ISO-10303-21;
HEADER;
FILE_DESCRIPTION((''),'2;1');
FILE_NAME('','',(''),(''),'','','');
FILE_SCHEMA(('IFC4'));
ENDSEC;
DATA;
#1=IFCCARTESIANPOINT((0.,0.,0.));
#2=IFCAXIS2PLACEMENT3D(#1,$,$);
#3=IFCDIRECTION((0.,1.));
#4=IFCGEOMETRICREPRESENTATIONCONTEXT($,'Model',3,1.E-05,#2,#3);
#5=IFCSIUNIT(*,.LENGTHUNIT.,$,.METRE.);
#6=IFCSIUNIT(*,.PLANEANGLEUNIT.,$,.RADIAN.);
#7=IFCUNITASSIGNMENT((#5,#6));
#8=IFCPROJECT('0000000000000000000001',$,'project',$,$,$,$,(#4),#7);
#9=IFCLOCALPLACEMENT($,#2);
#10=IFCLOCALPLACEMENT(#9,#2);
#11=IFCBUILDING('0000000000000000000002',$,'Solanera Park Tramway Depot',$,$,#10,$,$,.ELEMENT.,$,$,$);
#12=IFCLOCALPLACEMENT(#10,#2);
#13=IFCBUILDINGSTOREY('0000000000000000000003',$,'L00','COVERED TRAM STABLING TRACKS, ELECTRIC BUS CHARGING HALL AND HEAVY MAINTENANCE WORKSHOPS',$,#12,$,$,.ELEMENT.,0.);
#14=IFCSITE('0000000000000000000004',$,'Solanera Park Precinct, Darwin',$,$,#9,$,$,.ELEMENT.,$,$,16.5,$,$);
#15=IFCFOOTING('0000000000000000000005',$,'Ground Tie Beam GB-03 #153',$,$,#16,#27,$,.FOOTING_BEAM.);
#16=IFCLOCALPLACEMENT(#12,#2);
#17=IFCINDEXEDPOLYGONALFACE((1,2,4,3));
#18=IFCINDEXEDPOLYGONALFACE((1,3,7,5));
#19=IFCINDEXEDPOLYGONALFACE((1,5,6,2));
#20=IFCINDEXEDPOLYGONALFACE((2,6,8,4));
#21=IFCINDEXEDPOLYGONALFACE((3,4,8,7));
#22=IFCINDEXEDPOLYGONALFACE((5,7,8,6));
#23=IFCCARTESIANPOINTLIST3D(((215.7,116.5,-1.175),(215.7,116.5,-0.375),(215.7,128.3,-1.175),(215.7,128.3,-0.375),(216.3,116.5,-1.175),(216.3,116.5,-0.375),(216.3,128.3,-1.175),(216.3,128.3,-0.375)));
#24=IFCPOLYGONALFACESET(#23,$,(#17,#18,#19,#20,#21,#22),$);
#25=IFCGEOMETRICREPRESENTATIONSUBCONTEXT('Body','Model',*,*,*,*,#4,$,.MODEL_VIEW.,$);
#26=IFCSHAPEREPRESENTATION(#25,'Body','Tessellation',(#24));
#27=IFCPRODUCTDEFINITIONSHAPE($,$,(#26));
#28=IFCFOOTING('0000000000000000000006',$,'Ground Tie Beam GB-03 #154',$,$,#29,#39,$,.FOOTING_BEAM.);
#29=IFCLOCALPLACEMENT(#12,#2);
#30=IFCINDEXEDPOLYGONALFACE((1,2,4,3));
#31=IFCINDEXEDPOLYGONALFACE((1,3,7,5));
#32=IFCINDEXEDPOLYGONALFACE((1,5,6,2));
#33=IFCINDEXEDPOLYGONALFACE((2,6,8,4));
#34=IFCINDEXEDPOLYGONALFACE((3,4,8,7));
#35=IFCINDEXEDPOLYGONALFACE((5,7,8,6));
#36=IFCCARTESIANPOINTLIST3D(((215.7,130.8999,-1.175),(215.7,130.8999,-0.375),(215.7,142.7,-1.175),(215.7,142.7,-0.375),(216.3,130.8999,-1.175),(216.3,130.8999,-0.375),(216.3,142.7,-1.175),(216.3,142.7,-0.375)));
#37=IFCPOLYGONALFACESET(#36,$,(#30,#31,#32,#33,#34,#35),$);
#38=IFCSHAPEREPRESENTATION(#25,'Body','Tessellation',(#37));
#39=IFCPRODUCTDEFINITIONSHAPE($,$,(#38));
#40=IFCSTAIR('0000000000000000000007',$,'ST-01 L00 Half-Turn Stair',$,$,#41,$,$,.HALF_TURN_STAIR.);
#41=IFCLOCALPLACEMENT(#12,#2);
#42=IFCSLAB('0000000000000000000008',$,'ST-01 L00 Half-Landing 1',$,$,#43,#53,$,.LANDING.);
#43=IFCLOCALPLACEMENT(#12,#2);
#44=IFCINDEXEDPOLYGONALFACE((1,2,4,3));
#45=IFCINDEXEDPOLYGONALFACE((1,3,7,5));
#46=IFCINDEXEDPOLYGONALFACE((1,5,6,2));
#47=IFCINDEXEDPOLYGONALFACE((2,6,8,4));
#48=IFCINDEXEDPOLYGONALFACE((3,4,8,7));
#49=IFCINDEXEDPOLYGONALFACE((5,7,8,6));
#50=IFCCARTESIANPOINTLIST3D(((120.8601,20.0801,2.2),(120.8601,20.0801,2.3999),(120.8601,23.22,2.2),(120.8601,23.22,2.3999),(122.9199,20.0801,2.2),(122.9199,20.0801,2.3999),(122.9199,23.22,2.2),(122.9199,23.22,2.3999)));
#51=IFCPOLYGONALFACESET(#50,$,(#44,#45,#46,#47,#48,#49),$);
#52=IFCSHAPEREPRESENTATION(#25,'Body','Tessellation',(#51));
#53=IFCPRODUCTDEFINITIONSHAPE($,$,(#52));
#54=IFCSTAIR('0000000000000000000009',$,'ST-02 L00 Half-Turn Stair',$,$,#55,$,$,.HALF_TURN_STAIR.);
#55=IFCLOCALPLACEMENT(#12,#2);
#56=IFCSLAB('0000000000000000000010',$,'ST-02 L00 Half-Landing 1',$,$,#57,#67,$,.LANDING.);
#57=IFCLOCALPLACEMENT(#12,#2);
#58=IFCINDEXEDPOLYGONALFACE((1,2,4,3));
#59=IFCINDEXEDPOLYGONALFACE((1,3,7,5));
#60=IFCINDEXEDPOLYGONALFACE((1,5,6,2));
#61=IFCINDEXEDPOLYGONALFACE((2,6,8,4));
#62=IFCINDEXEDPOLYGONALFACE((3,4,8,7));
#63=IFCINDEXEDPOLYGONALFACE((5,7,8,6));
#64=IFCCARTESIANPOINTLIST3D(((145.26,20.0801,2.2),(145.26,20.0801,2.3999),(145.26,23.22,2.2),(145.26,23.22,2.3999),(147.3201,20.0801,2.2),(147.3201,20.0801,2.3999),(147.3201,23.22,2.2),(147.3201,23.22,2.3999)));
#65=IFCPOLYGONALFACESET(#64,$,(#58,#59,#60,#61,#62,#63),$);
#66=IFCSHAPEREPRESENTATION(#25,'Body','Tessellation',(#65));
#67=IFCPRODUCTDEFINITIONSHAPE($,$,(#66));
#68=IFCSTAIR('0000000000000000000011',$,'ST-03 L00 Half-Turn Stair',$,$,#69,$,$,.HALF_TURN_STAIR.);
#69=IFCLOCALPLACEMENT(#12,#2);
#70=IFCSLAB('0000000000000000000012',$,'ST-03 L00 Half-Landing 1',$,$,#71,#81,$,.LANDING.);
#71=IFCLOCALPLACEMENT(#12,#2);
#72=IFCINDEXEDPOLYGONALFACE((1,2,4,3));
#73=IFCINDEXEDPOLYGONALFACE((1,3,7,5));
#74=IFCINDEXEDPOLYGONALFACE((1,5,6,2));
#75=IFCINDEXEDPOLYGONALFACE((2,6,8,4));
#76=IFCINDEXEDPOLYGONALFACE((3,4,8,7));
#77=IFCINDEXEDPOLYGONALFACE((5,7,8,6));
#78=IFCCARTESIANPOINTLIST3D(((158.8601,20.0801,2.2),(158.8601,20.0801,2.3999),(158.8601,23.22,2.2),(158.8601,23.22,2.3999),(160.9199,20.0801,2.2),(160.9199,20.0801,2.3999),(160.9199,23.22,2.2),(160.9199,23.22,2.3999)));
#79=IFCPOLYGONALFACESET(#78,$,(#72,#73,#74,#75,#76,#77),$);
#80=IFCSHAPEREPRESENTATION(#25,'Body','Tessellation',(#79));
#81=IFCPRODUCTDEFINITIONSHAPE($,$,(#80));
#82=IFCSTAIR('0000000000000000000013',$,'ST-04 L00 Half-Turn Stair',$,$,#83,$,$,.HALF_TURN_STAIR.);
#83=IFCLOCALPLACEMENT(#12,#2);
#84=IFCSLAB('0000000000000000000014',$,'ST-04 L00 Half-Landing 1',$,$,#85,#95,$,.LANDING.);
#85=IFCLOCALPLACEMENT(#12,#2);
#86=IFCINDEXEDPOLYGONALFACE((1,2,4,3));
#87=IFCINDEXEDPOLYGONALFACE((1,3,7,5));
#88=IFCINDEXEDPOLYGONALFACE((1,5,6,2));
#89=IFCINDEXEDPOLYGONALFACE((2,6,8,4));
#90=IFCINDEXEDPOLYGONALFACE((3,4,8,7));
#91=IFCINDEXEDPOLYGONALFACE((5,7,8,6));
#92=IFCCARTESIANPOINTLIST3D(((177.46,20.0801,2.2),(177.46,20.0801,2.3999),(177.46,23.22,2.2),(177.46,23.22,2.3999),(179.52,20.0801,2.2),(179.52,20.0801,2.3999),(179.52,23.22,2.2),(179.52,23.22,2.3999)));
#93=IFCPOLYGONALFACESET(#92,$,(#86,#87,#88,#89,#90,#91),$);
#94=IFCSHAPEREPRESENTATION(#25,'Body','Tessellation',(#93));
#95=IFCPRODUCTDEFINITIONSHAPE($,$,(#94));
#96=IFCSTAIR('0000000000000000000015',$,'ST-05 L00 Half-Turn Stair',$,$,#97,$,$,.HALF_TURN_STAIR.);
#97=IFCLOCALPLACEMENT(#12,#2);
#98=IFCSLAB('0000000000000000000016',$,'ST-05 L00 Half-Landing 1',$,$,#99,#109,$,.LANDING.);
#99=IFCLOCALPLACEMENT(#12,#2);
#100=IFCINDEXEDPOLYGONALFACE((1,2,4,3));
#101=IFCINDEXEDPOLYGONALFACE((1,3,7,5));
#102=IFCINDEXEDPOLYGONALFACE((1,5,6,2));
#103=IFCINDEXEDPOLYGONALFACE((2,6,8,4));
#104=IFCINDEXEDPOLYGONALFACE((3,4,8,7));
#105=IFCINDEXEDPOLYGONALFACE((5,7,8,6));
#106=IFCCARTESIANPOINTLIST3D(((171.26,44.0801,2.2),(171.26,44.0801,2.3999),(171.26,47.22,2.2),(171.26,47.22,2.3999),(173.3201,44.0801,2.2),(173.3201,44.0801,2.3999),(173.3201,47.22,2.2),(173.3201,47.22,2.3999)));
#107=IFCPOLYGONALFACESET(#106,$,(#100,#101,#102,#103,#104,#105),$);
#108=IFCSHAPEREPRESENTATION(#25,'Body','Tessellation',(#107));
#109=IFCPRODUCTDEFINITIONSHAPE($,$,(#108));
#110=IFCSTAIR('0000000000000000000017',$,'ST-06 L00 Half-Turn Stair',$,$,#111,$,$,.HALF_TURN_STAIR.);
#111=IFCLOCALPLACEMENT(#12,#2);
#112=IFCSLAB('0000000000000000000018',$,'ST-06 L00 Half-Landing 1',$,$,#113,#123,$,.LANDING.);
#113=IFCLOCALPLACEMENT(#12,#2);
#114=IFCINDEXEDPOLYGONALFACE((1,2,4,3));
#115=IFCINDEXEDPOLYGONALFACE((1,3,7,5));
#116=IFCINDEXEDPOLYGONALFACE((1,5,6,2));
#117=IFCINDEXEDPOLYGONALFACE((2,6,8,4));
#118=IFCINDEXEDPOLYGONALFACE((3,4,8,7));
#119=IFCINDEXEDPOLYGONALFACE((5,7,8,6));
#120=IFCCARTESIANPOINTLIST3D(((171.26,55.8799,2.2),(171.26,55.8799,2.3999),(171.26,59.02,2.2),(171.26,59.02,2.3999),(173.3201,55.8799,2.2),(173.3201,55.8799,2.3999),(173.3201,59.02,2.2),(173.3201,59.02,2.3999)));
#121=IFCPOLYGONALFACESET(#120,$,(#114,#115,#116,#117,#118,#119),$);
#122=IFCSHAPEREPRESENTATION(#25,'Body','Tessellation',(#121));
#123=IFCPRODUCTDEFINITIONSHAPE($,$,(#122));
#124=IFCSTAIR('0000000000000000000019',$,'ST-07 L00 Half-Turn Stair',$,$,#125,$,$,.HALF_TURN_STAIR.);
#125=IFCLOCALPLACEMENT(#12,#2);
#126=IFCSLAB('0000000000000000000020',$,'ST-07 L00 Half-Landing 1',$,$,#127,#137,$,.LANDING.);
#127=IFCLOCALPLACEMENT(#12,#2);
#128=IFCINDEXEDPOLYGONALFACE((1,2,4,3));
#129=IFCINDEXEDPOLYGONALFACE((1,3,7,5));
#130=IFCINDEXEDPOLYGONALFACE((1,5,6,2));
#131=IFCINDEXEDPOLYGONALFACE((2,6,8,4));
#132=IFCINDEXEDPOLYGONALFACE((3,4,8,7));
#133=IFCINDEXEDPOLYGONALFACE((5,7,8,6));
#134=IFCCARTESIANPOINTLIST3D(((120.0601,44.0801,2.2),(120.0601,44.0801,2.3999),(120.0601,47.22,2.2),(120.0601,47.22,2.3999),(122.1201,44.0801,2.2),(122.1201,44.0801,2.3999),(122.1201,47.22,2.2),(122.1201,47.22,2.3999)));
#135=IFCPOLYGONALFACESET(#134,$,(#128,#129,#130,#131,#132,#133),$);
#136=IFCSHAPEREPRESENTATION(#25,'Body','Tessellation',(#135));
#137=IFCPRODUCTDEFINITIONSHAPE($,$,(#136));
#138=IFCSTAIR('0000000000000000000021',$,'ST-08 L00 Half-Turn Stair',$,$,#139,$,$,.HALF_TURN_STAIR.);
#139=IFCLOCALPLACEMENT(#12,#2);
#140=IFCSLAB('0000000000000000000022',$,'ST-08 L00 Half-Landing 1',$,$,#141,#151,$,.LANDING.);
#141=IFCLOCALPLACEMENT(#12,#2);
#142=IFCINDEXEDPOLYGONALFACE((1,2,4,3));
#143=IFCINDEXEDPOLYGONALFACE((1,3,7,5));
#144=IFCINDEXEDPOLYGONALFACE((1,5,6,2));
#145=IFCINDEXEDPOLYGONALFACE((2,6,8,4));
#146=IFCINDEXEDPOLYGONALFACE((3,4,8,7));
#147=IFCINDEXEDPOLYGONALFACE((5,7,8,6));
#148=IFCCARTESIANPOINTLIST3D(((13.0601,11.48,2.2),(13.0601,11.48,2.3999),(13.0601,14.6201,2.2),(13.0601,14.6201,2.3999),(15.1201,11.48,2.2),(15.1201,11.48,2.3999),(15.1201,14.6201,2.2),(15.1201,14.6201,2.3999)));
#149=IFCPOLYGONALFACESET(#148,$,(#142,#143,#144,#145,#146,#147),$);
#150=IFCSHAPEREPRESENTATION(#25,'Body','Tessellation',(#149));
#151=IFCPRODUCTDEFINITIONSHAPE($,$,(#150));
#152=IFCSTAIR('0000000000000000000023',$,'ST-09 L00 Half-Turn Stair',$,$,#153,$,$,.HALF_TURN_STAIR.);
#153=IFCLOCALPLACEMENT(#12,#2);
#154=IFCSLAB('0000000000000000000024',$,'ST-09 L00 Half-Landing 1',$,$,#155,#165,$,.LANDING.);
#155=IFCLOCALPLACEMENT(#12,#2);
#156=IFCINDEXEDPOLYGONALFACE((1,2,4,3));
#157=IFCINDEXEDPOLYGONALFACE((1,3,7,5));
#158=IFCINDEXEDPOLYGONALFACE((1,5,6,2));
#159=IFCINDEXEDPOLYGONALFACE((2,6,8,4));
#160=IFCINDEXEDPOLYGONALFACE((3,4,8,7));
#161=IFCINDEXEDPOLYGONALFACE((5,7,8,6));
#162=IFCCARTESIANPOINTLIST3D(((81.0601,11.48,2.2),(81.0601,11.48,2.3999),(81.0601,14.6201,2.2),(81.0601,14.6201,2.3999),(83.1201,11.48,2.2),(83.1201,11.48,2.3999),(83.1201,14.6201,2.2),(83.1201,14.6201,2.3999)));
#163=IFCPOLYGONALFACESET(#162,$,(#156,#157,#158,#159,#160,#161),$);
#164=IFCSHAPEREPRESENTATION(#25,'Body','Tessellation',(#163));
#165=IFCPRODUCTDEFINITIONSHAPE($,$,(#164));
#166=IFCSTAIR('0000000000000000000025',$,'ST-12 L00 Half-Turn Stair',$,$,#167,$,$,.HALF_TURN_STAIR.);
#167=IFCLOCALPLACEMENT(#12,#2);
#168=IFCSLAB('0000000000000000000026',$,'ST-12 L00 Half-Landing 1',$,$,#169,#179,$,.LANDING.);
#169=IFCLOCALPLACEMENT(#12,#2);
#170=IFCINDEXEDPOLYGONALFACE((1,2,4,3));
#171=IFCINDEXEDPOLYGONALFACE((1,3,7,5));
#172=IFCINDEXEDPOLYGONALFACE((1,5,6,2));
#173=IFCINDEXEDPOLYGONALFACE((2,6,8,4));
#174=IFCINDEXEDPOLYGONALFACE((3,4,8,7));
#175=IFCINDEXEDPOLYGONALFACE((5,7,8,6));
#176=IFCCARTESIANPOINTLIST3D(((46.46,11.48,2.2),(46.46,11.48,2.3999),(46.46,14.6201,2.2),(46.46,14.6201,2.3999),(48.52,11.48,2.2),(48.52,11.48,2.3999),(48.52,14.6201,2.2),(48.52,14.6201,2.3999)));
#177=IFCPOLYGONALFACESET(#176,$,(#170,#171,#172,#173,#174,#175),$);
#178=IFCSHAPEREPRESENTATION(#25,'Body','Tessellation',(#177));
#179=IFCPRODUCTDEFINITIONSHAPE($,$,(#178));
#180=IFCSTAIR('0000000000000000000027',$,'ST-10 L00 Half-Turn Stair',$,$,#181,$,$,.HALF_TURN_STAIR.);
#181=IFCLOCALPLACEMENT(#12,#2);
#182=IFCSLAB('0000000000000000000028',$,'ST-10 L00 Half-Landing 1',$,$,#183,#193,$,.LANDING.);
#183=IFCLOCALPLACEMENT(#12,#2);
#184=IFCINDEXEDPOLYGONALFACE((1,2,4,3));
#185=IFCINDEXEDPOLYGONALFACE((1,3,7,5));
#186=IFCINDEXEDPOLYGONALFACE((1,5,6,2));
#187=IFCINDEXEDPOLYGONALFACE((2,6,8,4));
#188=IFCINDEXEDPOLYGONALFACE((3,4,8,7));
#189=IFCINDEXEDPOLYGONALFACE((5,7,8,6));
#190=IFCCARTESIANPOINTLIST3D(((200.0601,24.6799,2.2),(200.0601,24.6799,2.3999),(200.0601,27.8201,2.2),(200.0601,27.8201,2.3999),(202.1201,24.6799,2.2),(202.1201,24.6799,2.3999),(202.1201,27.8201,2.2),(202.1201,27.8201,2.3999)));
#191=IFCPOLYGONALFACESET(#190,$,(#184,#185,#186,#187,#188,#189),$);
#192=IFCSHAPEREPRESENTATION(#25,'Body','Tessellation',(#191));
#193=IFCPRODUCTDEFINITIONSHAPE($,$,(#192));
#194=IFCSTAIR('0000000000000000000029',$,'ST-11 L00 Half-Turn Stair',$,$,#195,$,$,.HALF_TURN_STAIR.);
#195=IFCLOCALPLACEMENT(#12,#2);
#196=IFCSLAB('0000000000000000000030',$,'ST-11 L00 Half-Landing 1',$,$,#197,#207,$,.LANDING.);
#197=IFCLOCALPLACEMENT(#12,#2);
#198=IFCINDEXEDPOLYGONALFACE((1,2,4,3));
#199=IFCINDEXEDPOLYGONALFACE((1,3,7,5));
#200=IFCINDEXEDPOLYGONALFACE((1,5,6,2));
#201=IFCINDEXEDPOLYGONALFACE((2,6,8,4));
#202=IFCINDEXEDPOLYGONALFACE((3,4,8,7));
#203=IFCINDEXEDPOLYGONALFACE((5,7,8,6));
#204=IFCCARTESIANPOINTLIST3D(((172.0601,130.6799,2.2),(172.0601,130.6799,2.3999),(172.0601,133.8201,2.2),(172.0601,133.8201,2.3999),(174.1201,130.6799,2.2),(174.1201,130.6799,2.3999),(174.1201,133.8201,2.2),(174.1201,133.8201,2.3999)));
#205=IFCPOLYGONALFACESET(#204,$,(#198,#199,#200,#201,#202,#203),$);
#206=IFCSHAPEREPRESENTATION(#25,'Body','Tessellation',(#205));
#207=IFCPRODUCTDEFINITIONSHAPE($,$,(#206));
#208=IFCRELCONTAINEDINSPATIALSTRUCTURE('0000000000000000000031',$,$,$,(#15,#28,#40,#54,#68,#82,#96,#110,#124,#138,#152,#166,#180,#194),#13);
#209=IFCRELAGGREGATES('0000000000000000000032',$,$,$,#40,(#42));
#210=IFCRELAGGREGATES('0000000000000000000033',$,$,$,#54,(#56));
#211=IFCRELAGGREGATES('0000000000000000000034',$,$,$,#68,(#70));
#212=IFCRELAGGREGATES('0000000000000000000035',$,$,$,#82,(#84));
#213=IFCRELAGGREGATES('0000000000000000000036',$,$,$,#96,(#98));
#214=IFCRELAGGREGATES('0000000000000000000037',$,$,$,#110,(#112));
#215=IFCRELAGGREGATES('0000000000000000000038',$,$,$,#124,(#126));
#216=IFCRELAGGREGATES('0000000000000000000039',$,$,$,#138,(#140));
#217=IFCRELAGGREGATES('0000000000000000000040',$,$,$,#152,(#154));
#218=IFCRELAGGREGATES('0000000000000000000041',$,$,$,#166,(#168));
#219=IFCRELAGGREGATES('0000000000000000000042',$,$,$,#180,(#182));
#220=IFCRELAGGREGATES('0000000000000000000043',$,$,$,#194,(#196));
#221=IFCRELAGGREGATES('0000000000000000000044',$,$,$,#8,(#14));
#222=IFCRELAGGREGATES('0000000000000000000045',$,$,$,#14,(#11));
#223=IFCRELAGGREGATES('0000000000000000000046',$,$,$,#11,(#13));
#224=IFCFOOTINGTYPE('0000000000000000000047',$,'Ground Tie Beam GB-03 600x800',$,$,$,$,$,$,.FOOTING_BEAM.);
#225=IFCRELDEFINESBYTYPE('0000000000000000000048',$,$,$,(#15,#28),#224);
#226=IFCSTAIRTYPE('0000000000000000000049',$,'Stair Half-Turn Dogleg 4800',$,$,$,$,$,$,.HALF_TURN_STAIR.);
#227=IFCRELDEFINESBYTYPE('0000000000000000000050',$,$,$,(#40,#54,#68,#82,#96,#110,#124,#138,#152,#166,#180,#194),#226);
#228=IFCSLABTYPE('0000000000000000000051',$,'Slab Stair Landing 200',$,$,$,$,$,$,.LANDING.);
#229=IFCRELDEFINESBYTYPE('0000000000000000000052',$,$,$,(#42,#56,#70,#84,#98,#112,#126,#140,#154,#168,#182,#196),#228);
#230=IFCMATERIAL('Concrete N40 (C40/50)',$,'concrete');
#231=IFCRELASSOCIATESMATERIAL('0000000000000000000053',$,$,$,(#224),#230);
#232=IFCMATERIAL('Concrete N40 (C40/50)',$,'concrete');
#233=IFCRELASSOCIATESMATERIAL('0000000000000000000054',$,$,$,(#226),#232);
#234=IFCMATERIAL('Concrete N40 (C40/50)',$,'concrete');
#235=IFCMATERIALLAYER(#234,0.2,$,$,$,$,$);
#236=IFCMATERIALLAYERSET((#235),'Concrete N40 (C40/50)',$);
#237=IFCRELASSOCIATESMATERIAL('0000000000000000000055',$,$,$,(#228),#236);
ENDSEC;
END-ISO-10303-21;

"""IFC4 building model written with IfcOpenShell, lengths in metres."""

from ifc_helpers import new_model, si_unit, direction, frame, origin, place, context, subcontext, project, spatial, polyline, outline, extrude, material, layer, layer_set, type_object, element, aggregate, save


model = new_model("IFC4")

# Units and contexts
model_context = context("Model", 3, precision=1e-05, world=origin(), true_north=direction((0.0, 1.0)))
body_context = subcontext(model_context, "Body", "Model", "MODEL_VIEW")
ifc_project = project(units=[si_unit("LENGTHUNIT", "METRE"), si_unit("PLANEANGLEUNIT", "RADIAN")], contexts=[model_context])

# Site, building, storey
site_placement = place(None, origin())
site = spatial("IfcSite", under=ifc_project, at=site_placement, Name="Solanera Park Precinct, Darwin", CompositionType="ELEMENT", RefElevation=16.5)
building_placement = place(site_placement, origin())
building = spatial("IfcBuilding", under=site, at=building_placement, Name="Solanera Park Tramway Depot", CompositionType="ELEMENT")
storey_placement = place(building_placement, origin())
storey = spatial("IfcBuildingStorey", under=building, at=storey_placement, Name="L00", Description="COVERED TRAM STABLING TRACKS, ELECTRIC BUS CHARGING HALL AND HEAVY MAINTENANCE WORKSHOPS", CompositionType="ELEMENT", Elevation=0.0)

# Footings
ifc_material_1 = material(Name="Concrete N40 (C40/50)", Category="concrete")
footing_type_1 = type_object("IfcFootingType", Name="Ground Tie Beam GB-03 600x800", PredefinedType="FOOTING_BEAM", material=ifc_material_1)
footing_1_placement = place(storey_placement, frame((0.0, 0.0, -1.175)))
element("IfcFooting", 1, at=footing_1_placement, inside=storey, type_object=footing_type_1, Name="Ground Tie Beam GB-03 #153", PredefinedType="FOOTING_BEAM", context=body_context, shape_type="SweptSolid", body=[
    extrude(outline(polyline([(216.3, 116.5), (216.3, 128.3), (215.7, 128.3), (215.7, 116.5), (216.3, 116.5)])), origin(), (0.0, 0.0, 1.0), 0.8),
])
footing_2_placement = place(storey_placement, frame((0.0, 0.0, -1.175)))
element("IfcFooting", 2, at=footing_2_placement, inside=storey, type_object=footing_type_1, Name="Ground Tie Beam GB-03 #154", PredefinedType="FOOTING_BEAM", context=body_context, shape_type="SweptSolid", body=[
    extrude(outline(polyline([(216.3, 130.8999), (216.3, 142.7), (215.7, 142.7), (215.7, 130.8999), (216.3, 130.8999)])), origin(), (0.0, 0.0, 1.0), 0.8),
])

# Stairs, slabs
ifc_material_2 = material(Name="Concrete N40 (C40/50)", Category="concrete")
stair_type = type_object("IfcStairType", Name="Stair Half-Turn Dogleg 4800", PredefinedType="HALF_TURN_STAIR", material=ifc_material_2)
stair_1_placement = place(storey_placement, origin())
stair_1 = element("IfcStair", 3, at=stair_1_placement, inside=storey, type_object=stair_type, Name="ST-01 L00 Half-Turn Stair", PredefinedType="HALF_TURN_STAIR")
ifc_material_3 = material(Name="Concrete N40 (C40/50)", Category="concrete")
ifc_layer_1 = layer(ifc_material_3, 0.2)
ifc_layer_set_1 = layer_set([ifc_layer_1], Name="Concrete N40 (C40/50)")
slab_type = type_object("IfcSlabType", Name="Slab Stair Landing 200", PredefinedType="LANDING", material=ifc_layer_set_1)
slab_1_placement = place(storey_placement, frame((0.0, 0.0, 2.2)))
slab_1 = element("IfcSlab", 4, at=slab_1_placement, type_object=slab_type, Name="ST-01 L00 Half-Landing 1", PredefinedType="LANDING", context=body_context, shape_type="SweptSolid", body=[
    extrude(outline(polyline([(120.8601, 20.0801), (122.9199, 20.0801), (122.9199, 23.22), (120.8601, 23.22), (120.8601, 20.0801)])), origin(), (0.0, 0.0, 1.0), 0.2),
])
aggregate(stair_1, [slab_1])
stair_2_placement = place(storey_placement, origin())
stair_2 = element("IfcStair", 5, at=stair_2_placement, inside=storey, type_object=stair_type, Name="ST-02 L00 Half-Turn Stair", PredefinedType="HALF_TURN_STAIR")
slab_2_placement = place(storey_placement, frame((0.0, 0.0, 2.2)))
slab_2 = element("IfcSlab", 6, at=slab_2_placement, type_object=slab_type, Name="ST-02 L00 Half-Landing 1", PredefinedType="LANDING", context=body_context, shape_type="SweptSolid", body=[
    extrude(outline(polyline([(145.26, 20.0801), (147.3201, 20.0801), (147.3201, 23.22), (145.26, 23.22), (145.26, 20.0801)])), origin(), (0.0, 0.0, 1.0), 0.2),
])
aggregate(stair_2, [slab_2])
stair_3_placement = place(storey_placement, origin())
stair_3 = element("IfcStair", 7, at=stair_3_placement, inside=storey, type_object=stair_type, Name="ST-03 L00 Half-Turn Stair", PredefinedType="HALF_TURN_STAIR")
slab_3_placement = place(storey_placement, frame((0.0, 0.0, 2.2)))
slab_3 = element("IfcSlab", 8, at=slab_3_placement, type_object=slab_type, Name="ST-03 L00 Half-Landing 1", PredefinedType="LANDING", context=body_context, shape_type="SweptSolid", body=[
    extrude(outline(polyline([(158.8601, 20.0801), (160.9199, 20.0801), (160.9199, 23.22), (158.8601, 23.22), (158.8601, 20.0801)])), origin(), (0.0, 0.0, 1.0), 0.2),
])
aggregate(stair_3, [slab_3])
stair_4_placement = place(storey_placement, origin())
stair_4 = element("IfcStair", 9, at=stair_4_placement, inside=storey, type_object=stair_type, Name="ST-04 L00 Half-Turn Stair", PredefinedType="HALF_TURN_STAIR")
slab_4_placement = place(storey_placement, frame((0.0, 0.0, 2.2)))
slab_4 = element("IfcSlab", 10, at=slab_4_placement, type_object=slab_type, Name="ST-04 L00 Half-Landing 1", PredefinedType="LANDING", context=body_context, shape_type="SweptSolid", body=[
    extrude(outline(polyline([(177.46, 20.0801), (179.52, 20.0801), (179.52, 23.22), (177.46, 23.22), (177.46, 20.0801)])), origin(), (0.0, 0.0, 1.0), 0.2),
])
aggregate(stair_4, [slab_4])
stair_5_placement = place(storey_placement, origin())
stair_5 = element("IfcStair", 11, at=stair_5_placement, inside=storey, type_object=stair_type, Name="ST-05 L00 Half-Turn Stair", PredefinedType="HALF_TURN_STAIR")
slab_5_placement = place(storey_placement, frame((0.0, 0.0, 2.2)))
slab_5 = element("IfcSlab", 12, at=slab_5_placement, type_object=slab_type, Name="ST-05 L00 Half-Landing 1", PredefinedType="LANDING", context=body_context, shape_type="SweptSolid", body=[
    extrude(outline(polyline([(171.26, 44.0801), (173.3201, 44.0801), (173.3201, 47.22), (171.26, 47.22), (171.26, 44.0801)])), origin(), (0.0, 0.0, 1.0), 0.2),
])
aggregate(stair_5, [slab_5])
stair_6_placement = place(storey_placement, origin())
stair_6 = element("IfcStair", 13, at=stair_6_placement, inside=storey, type_object=stair_type, Name="ST-06 L00 Half-Turn Stair", PredefinedType="HALF_TURN_STAIR")
slab_6_placement = place(storey_placement, frame((0.0, 0.0, 2.2)))
slab_6 = element("IfcSlab", 14, at=slab_6_placement, type_object=slab_type, Name="ST-06 L00 Half-Landing 1", PredefinedType="LANDING", context=body_context, shape_type="SweptSolid", body=[
    extrude(outline(polyline([(171.26, 55.8799), (173.3201, 55.8799), (173.3201, 59.02), (171.26, 59.02), (171.26, 55.8799)])), origin(), (0.0, 0.0, 1.0), 0.2),
])
aggregate(stair_6, [slab_6])
stair_7_placement = place(storey_placement, origin())
stair_7 = element("IfcStair", 15, at=stair_7_placement, inside=storey, type_object=stair_type, Name="ST-07 L00 Half-Turn Stair", PredefinedType="HALF_TURN_STAIR")
slab_7_placement = place(storey_placement, frame((0.0, 0.0, 2.2)))
slab_7 = element("IfcSlab", 16, at=slab_7_placement, type_object=slab_type, Name="ST-07 L00 Half-Landing 1", PredefinedType="LANDING", context=body_context, shape_type="SweptSolid", body=[
    extrude(outline(polyline([(120.0601, 44.0801), (122.1201, 44.0801), (122.1201, 47.22), (120.0601, 47.22), (120.0601, 44.0801)])), origin(), (0.0, 0.0, 1.0), 0.2),
])
aggregate(stair_7, [slab_7])
stair_8_placement = place(storey_placement, origin())
stair_8 = element("IfcStair", 17, at=stair_8_placement, inside=storey, type_object=stair_type, Name="ST-08 L00 Half-Turn Stair", PredefinedType="HALF_TURN_STAIR")
slab_8_placement = place(storey_placement, frame((0.0, 0.0, 2.2)))
slab_8 = element("IfcSlab", 18, at=slab_8_placement, type_object=slab_type, Name="ST-08 L00 Half-Landing 1", PredefinedType="LANDING", context=body_context, shape_type="SweptSolid", body=[
    extrude(outline(polyline([(13.0601, 11.48), (15.1201, 11.48), (15.1201, 14.6201), (13.0601, 14.6201), (13.0601, 11.48)])), origin(), (0.0, 0.0, 1.0), 0.2),
])
aggregate(stair_8, [slab_8])
stair_9_placement = place(storey_placement, origin())
stair_9 = element("IfcStair", 19, at=stair_9_placement, inside=storey, type_object=stair_type, Name="ST-09 L00 Half-Turn Stair", PredefinedType="HALF_TURN_STAIR")
slab_9_placement = place(storey_placement, frame((0.0, 0.0, 2.2)))
slab_9 = element("IfcSlab", 20, at=slab_9_placement, type_object=slab_type, Name="ST-09 L00 Half-Landing 1", PredefinedType="LANDING", context=body_context, shape_type="SweptSolid", body=[
    extrude(outline(polyline([(81.0601, 11.48), (83.1201, 11.48), (83.1201, 14.6201), (81.0601, 14.6201), (81.0601, 11.48)])), origin(), (0.0, 0.0, 1.0), 0.2),
])
aggregate(stair_9, [slab_9])
stair_10_placement = place(storey_placement, origin())
stair_10 = element("IfcStair", 21, at=stair_10_placement, inside=storey, type_object=stair_type, Name="ST-12 L00 Half-Turn Stair", PredefinedType="HALF_TURN_STAIR")
slab_10_placement = place(storey_placement, frame((0.0, 0.0, 2.2)))
slab_10 = element("IfcSlab", 22, at=slab_10_placement, type_object=slab_type, Name="ST-12 L00 Half-Landing 1", PredefinedType="LANDING", context=body_context, shape_type="SweptSolid", body=[
    extrude(outline(polyline([(46.46, 11.48), (48.52, 11.48), (48.52, 14.6201), (46.46, 14.6201), (46.46, 11.48)])), origin(), (0.0, 0.0, 1.0), 0.2),
])
aggregate(stair_10, [slab_10])
stair_11_placement = place(storey_placement, origin())
stair_11 = element("IfcStair", 23, at=stair_11_placement, inside=storey, type_object=stair_type, Name="ST-10 L00 Half-Turn Stair", PredefinedType="HALF_TURN_STAIR")
slab_11_placement = place(storey_placement, frame((0.0, 0.0, 2.2)))
slab_11 = element("IfcSlab", 24, at=slab_11_placement, type_object=slab_type, Name="ST-10 L00 Half-Landing 1", PredefinedType="LANDING", context=body_context, shape_type="SweptSolid", body=[
    extrude(outline(polyline([(200.0601, 24.6799), (202.1201, 24.6799), (202.1201, 27.8201), (200.0601, 27.8201), (200.0601, 24.6799)])), origin(), (0.0, 0.0, 1.0), 0.2),
])
aggregate(stair_11, [slab_11])
stair_12_placement = place(storey_placement, origin())
stair_12 = element("IfcStair", 25, at=stair_12_placement, inside=storey, type_object=stair_type, Name="ST-11 L00 Half-Turn Stair", PredefinedType="HALF_TURN_STAIR")
slab_12_placement = place(storey_placement, frame((0.0, 0.0, 2.2)))
slab_12 = element("IfcSlab", 26, at=slab_12_placement, type_object=slab_type, Name="ST-11 L00 Half-Landing 1", PredefinedType="LANDING", context=body_context, shape_type="SweptSolid", body=[
    extrude(outline(polyline([(172.0601, 130.6799), (174.1201, 130.6799), (174.1201, 133.8201), (172.0601, 133.8201), (172.0601, 130.6799)])), origin(), (0.0, 0.0, 1.0), 0.2),
])
aggregate(stair_12, [slab_12])

save(model, "model.ifc")
